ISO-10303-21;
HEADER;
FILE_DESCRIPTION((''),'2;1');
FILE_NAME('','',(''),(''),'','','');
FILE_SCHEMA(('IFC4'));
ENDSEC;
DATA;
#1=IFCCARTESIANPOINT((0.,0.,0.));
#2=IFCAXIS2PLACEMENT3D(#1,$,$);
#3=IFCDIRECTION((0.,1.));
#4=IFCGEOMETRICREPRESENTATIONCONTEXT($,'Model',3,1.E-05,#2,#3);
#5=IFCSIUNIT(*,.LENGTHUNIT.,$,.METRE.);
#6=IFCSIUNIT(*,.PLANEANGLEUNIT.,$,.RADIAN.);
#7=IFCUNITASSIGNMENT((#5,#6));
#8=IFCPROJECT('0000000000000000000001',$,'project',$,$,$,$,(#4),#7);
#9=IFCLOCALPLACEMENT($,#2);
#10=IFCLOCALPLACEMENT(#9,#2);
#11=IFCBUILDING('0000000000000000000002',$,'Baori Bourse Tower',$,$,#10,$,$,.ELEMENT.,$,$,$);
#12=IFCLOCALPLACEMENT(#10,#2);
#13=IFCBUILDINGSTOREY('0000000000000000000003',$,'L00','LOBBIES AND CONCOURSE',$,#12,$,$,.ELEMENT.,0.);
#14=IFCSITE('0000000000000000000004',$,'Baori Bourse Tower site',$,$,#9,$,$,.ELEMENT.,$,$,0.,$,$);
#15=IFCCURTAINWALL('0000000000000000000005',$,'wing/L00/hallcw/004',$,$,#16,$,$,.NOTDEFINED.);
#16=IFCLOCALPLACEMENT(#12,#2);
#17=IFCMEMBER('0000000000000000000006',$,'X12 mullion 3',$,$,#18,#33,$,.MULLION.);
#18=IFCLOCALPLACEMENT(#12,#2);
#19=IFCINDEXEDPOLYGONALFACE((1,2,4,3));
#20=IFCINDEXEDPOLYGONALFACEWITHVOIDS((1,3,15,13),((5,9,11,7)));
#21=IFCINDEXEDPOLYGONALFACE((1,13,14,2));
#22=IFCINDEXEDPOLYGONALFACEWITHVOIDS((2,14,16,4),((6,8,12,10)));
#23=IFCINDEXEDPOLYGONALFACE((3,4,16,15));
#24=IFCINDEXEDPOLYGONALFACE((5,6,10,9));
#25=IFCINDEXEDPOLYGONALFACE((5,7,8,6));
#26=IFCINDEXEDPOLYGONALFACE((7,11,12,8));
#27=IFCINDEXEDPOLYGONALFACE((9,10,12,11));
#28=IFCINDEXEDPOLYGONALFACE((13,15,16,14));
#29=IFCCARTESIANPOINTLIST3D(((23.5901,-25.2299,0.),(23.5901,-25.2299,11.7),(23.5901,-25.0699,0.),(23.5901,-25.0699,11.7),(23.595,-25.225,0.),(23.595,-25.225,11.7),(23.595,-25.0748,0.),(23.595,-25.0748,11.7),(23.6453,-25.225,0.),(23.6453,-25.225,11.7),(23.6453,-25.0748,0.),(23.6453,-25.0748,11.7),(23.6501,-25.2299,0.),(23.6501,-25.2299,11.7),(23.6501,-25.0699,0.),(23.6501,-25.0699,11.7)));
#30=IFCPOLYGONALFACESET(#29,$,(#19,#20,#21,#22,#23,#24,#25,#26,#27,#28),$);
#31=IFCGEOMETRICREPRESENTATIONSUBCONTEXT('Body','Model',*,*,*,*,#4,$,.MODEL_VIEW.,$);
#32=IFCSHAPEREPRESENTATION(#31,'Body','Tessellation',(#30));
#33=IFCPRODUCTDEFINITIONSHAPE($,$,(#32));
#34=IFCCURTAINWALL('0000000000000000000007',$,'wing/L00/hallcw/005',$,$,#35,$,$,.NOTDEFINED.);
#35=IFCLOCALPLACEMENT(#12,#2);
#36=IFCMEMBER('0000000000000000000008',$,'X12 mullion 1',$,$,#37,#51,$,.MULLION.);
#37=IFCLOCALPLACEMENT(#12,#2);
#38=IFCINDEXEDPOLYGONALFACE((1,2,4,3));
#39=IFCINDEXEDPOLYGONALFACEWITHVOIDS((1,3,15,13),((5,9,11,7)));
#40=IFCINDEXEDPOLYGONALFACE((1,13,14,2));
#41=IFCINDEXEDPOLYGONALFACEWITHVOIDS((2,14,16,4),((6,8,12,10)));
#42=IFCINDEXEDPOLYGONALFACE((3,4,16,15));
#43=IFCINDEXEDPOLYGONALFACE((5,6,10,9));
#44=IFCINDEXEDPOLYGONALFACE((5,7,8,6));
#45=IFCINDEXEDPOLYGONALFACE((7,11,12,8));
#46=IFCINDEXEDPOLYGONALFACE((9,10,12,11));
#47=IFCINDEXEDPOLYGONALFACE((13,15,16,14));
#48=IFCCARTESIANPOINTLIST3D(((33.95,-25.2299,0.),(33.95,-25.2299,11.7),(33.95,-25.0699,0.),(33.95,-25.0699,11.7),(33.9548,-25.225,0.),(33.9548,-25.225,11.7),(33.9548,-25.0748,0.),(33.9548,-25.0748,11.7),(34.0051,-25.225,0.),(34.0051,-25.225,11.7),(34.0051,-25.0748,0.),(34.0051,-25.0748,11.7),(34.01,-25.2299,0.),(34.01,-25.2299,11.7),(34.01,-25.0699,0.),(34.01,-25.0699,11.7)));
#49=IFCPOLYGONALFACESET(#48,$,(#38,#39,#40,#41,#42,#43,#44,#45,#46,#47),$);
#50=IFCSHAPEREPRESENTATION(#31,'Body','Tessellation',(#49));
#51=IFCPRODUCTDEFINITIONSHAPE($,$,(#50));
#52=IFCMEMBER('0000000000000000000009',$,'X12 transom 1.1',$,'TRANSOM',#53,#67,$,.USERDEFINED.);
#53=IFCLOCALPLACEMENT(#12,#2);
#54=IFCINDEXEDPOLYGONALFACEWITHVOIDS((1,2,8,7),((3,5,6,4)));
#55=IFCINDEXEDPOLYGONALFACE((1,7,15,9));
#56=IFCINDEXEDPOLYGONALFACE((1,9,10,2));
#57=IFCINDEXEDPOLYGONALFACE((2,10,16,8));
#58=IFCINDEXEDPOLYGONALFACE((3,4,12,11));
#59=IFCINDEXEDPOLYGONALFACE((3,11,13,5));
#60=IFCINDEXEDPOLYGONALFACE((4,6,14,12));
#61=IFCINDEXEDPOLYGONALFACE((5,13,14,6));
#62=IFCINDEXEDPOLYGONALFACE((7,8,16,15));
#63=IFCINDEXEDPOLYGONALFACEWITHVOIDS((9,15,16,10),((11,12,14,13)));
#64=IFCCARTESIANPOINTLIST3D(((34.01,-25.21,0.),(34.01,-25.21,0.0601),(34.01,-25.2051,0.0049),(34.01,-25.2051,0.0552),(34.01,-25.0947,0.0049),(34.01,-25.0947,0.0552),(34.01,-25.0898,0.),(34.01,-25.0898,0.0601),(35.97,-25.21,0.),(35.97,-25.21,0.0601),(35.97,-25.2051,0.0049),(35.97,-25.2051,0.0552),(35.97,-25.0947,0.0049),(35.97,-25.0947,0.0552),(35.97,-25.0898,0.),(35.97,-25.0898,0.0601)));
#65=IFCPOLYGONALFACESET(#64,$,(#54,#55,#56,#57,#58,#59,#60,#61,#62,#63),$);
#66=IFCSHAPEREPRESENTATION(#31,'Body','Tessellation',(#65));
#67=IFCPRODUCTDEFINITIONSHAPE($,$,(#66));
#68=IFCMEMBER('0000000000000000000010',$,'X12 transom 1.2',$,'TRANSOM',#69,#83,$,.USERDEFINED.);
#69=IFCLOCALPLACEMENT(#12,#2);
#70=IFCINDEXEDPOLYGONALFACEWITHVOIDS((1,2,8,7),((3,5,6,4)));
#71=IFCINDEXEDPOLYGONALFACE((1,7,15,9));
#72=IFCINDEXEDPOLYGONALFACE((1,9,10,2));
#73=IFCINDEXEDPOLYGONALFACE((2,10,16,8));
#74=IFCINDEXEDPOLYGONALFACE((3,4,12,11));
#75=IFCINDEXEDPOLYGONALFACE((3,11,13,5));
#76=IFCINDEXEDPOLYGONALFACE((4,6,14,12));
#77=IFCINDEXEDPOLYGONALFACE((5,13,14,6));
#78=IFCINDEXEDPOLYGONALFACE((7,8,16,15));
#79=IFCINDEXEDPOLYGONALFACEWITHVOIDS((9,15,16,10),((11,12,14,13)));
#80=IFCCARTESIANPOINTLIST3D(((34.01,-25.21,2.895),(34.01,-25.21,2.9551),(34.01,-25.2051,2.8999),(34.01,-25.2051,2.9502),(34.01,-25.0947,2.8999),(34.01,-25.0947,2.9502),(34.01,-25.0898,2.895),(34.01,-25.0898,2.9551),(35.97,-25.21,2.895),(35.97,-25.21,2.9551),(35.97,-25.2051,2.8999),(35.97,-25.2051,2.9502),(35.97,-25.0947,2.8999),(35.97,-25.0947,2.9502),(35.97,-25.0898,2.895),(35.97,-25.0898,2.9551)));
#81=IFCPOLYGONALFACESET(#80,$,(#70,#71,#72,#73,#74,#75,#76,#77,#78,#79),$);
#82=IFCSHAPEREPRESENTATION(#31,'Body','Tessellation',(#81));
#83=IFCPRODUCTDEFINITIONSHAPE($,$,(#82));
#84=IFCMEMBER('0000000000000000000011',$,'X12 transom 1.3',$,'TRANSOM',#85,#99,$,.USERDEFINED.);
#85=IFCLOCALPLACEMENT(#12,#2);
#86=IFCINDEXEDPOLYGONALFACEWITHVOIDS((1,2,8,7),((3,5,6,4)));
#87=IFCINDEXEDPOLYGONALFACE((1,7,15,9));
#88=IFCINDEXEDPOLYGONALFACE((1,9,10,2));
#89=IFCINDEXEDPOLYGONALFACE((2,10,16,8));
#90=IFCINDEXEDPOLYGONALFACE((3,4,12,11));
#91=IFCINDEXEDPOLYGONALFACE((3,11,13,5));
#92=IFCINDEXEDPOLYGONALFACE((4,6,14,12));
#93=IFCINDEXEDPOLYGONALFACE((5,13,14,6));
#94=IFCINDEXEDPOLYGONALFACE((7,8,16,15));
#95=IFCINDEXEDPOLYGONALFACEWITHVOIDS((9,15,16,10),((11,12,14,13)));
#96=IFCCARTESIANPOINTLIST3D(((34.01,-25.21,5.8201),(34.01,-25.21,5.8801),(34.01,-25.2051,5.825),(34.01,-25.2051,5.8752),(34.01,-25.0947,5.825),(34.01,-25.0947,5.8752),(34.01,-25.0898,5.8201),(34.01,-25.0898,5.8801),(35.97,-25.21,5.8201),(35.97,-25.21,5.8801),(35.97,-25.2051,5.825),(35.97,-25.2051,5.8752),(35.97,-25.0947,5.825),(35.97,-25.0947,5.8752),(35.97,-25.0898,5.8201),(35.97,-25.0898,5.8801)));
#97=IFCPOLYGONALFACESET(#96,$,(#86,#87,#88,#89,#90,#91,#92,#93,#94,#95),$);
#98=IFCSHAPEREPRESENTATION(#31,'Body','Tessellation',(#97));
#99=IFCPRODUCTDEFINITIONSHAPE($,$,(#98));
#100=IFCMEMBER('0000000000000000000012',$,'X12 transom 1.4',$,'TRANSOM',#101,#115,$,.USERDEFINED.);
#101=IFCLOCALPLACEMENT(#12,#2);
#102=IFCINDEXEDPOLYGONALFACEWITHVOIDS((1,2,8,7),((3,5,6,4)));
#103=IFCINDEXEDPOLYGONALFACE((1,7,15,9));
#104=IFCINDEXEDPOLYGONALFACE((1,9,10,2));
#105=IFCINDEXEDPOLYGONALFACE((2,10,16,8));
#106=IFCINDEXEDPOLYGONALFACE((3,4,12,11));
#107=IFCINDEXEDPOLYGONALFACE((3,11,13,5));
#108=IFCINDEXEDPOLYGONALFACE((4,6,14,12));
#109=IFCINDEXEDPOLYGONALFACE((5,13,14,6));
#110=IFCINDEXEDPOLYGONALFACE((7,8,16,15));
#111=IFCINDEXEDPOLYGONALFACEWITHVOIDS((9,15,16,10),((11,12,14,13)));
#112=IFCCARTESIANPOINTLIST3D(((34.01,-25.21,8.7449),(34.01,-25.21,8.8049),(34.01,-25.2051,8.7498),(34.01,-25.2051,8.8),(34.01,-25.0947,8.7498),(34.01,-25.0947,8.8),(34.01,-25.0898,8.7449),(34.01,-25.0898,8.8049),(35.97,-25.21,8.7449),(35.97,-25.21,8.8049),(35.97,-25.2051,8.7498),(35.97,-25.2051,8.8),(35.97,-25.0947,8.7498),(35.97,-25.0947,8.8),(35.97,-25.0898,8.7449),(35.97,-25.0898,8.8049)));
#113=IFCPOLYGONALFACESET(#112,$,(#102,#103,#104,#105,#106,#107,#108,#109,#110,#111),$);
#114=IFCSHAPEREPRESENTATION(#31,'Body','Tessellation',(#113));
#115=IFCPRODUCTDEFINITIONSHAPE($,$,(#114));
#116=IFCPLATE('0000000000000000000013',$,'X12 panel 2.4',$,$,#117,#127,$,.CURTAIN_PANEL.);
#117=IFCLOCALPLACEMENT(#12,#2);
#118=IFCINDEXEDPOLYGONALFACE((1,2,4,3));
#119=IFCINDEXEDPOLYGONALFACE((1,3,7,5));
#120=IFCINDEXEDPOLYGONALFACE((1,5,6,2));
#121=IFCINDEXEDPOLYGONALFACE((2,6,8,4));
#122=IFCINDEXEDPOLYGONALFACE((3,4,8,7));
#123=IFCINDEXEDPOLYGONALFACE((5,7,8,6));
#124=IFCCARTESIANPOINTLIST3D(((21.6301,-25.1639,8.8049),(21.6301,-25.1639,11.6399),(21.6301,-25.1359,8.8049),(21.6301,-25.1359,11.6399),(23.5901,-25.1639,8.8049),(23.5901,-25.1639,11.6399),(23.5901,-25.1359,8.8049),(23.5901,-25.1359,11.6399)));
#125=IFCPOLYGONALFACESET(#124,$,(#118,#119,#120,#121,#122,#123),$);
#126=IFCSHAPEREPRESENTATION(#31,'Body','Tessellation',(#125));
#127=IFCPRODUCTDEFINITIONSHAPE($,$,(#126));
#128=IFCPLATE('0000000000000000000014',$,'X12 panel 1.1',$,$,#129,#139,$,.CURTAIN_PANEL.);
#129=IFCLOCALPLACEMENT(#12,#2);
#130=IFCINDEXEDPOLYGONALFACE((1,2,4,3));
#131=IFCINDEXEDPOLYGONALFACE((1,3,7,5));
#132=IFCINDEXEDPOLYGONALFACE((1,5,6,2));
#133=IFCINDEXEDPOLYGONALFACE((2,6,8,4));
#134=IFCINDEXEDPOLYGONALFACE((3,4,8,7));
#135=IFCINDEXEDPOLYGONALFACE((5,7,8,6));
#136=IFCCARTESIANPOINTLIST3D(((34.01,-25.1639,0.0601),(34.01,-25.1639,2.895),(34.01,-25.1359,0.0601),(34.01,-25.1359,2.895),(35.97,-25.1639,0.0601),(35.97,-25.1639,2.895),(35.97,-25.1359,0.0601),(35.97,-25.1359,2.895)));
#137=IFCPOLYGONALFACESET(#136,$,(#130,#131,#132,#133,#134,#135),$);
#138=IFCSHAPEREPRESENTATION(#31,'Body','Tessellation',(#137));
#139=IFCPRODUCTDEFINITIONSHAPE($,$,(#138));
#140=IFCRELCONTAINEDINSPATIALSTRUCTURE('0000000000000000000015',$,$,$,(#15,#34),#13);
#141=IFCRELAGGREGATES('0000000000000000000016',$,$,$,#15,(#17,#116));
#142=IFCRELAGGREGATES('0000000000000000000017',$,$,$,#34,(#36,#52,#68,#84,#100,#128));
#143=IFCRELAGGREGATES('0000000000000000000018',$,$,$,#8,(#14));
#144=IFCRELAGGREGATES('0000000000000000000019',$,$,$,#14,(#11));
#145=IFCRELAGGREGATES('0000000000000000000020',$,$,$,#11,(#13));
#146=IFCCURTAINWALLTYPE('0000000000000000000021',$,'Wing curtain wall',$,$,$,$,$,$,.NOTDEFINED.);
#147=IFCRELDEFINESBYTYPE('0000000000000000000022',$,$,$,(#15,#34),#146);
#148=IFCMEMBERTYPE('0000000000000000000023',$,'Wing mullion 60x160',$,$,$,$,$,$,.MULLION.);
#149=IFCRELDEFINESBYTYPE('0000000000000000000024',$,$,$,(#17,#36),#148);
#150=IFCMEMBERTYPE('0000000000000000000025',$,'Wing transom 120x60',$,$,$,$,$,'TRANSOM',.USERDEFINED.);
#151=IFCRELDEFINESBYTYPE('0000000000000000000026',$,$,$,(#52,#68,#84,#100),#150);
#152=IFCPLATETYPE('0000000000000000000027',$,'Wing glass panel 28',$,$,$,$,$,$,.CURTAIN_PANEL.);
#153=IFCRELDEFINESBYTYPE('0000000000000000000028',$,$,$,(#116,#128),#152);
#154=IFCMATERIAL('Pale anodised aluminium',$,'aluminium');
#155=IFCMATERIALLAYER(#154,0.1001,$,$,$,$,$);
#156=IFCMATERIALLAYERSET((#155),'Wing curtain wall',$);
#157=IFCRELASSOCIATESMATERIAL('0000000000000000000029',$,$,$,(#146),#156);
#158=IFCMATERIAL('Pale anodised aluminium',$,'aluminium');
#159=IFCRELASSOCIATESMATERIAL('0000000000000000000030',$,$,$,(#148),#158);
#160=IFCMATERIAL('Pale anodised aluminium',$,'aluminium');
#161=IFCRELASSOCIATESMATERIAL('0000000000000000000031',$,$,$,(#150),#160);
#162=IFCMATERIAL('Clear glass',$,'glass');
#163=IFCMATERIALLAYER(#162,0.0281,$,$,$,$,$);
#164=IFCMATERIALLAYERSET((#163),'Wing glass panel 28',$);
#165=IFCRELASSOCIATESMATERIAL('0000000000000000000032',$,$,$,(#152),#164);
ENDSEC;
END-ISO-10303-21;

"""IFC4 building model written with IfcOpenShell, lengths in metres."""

from ifc_helpers import new_model, si_unit, direction, frame, origin, origin_2d, place, context, subcontext, project, spatial, rectangle, hollow_rectangle, extrude, material, layer, layer_set, material_profile, profile_set, type_object, element, aggregate, save


model = new_model("IFC4")

# Units and contexts
model_context = context("Model", 3, precision=1e-05, world=origin(), true_north=direction((0.0, 1.0)))
body_context = subcontext(model_context, "Body", "Model", "MODEL_VIEW")
ifc_project = project(units=[si_unit("LENGTHUNIT", "METRE"), si_unit("PLANEANGLEUNIT", "RADIAN")], contexts=[model_context])

# Site, building, storey
site_placement = place(None, origin())
site = spatial("IfcSite", under=ifc_project, at=site_placement, Name="Baori Bourse Tower site", CompositionType="ELEMENT", RefElevation=0.0)
building_placement = place(site_placement, origin())
building = spatial("IfcBuilding", under=site, at=building_placement, Name="Baori Bourse Tower", CompositionType="ELEMENT")
storey_placement = place(building_placement, origin())
storey = spatial("IfcBuildingStorey", under=building, at=storey_placement, Name="L00", Description="LOBBIES AND CONCOURSE", CompositionType="ELEMENT", Elevation=0.0)

# Curtain wall, member
ifc_material_1 = material(Name="Pale anodised aluminium", Category="aluminium")
ifc_layer_1 = layer(ifc_material_1, 0.1001)
ifc_layer_set_1 = layer_set([ifc_layer_1], Name="Wing curtain wall")
curtain_wall_type = type_object("IfcCurtainWallType", Name="Wing curtain wall", PredefinedType="NOTDEFINED", material=ifc_layer_set_1)
curtain_wall_1_placement = place(storey_placement, origin())
curtain_wall_1 = element("IfcCurtainWall", 1, at=curtain_wall_1_placement, inside=storey, type_object=curtain_wall_type, Name="wing/L00/hallcw/004", PredefinedType="NOTDEFINED")
ifc_material_2 = material(Name="Pale anodised aluminium", Category="aluminium")
ifc_material_profile_1 = material_profile(ifc_material_2, hollow_rectangle(XDim=0.1599, YDim=0.0601, WallThickness=0.0049, at=origin_2d()), Name="Mullion 160x60x5")
ifc_profile_set_1 = profile_set([ifc_material_profile_1], Name="Pale anodised aluminium")
member_type_1 = type_object("IfcMemberType", Name="Wing mullion 60x160", PredefinedType="MULLION", material=ifc_profile_set_1)
member_1_placement = place(storey_placement, frame((23.6201, -25.1499, 0.0), z_axis=(0.0, 0.0, 1.0), x_axis=(0.0, 1.0, 0.0)))
member_1 = element("IfcMember", 2, at=member_1_placement, type_object=member_type_1, Name="X12 mullion 3", PredefinedType="MULLION", context=body_context, shape_type="SweptSolid", body=[
    extrude(hollow_rectangle(XDim=0.1599, YDim=0.0601, WallThickness=0.0049, at=origin_2d()), origin(), (0.0, 0.0, 1.0), 11.7),
])

# Curtain wall, members
curtain_wall_2_placement = place(storey_placement, origin())
curtain_wall_2 = element("IfcCurtainWall", 3, at=curtain_wall_2_placement, inside=storey, type_object=curtain_wall_type, Name="wing/L00/hallcw/005", PredefinedType="NOTDEFINED")
member_2_placement = place(storey_placement, frame((33.98, -25.1499, 0.0), z_axis=(0.0, 0.0, 1.0), x_axis=(0.0, 1.0, 0.0)))
member_2 = element("IfcMember", 4, at=member_2_placement, type_object=member_type_1, Name="X12 mullion 1", PredefinedType="MULLION", context=body_context, shape_type="SweptSolid", body=[
    extrude(hollow_rectangle(XDim=0.1599, YDim=0.0601, WallThickness=0.0049, at=origin_2d()), origin(), (0.0, 0.0, 1.0), 11.7),
])
ifc_material_3 = material(Name="Pale anodised aluminium", Category="aluminium")
ifc_material_profile_2 = material_profile(ifc_material_3, hollow_rectangle(XDim=0.1201, YDim=0.0601, WallThickness=0.0049, at=origin_2d()), Name="Transom 120x60x5")
ifc_profile_set_2 = profile_set([ifc_material_profile_2], Name="Pale anodised aluminium")
member_type_2 = type_object("IfcMemberType", Name="Wing transom 120x60", ElementType="TRANSOM", PredefinedType="USERDEFINED", material=ifc_profile_set_2)
member_3_placement = place(storey_placement, frame((34.01, -25.1499, 0.03), z_axis=(1.0, 0.0, 0.0), x_axis=(0.0, 1.0, 0.0)))
member_3 = element("IfcMember", 5, at=member_3_placement, type_object=member_type_2, Name="X12 transom 1.1", ObjectType="TRANSOM", PredefinedType="USERDEFINED", context=body_context, shape_type="SweptSolid", body=[
    extrude(hollow_rectangle(XDim=0.1201, YDim=0.0601, WallThickness=0.0049, at=origin_2d()), origin(), (0.0, 0.0, 1.0), 1.96),
])
member_4_placement = place(storey_placement, frame((34.01, -25.1499, 2.925), z_axis=(1.0, 0.0, 0.0), x_axis=(0.0, 1.0, 0.0)))
member_4 = element("IfcMember", 6, at=member_4_placement, type_object=member_type_2, Name="X12 transom 1.2", ObjectType="TRANSOM", PredefinedType="USERDEFINED", context=body_context, shape_type="SweptSolid", body=[
    extrude(hollow_rectangle(XDim=0.1201, YDim=0.0601, WallThickness=0.0049, at=origin_2d()), origin(), (0.0, 0.0, 1.0), 1.96),
])
member_5_placement = place(storey_placement, frame((34.01, -25.1499, 5.8501), z_axis=(1.0, 0.0, 0.0), x_axis=(0.0, 1.0, 0.0)))
member_5 = element("IfcMember", 7, at=member_5_placement, type_object=member_type_2, Name="X12 transom 1.3", ObjectType="TRANSOM", PredefinedType="USERDEFINED", context=body_context, shape_type="SweptSolid", body=[
    extrude(hollow_rectangle(XDim=0.1201, YDim=0.0601, WallThickness=0.0049, at=origin_2d()), origin(), (0.0, 0.0, 1.0), 1.96),
])
member_6_placement = place(storey_placement, frame((34.01, -25.1499, 8.7749), z_axis=(1.0, 0.0, 0.0), x_axis=(0.0, 1.0, 0.0)))
member_6 = element("IfcMember", 8, at=member_6_placement, type_object=member_type_2, Name="X12 transom 1.4", ObjectType="TRANSOM", PredefinedType="USERDEFINED", context=body_context, shape_type="SweptSolid", body=[
    extrude(hollow_rectangle(XDim=0.1201, YDim=0.0601, WallThickness=0.0049, at=origin_2d()), origin(), (0.0, 0.0, 1.0), 1.96),
])

# Plates
ifc_material_4 = material(Name="Clear glass", Category="glass")
ifc_layer_2 = layer(ifc_material_4, 0.0281)
ifc_layer_set_2 = layer_set([ifc_layer_2], Name="Wing glass panel 28")
plate_type = type_object("IfcPlateType", Name="Wing glass panel 28", PredefinedType="CURTAIN_PANEL", material=ifc_layer_set_2)
plate_1_placement = place(storey_placement, frame((22.6101, -25.1499, 8.8049), z_axis=(0.0, 0.0, 1.0), x_axis=(1.0, 0.0, 0.0)))
plate_1 = element("IfcPlate", 9, at=plate_1_placement, type_object=plate_type, Name="X12 panel 2.4", PredefinedType="CURTAIN_PANEL", context=body_context, shape_type="SweptSolid", body=[
    extrude(rectangle(XDim=1.96, YDim=0.0281, at=origin_2d()), origin(), (0.0, 0.0, 1.0), 2.835),
])
aggregate(curtain_wall_1, [member_1, plate_1])
plate_2_placement = place(storey_placement, frame((34.99, -25.1499, 0.0601), z_axis=(0.0, 0.0, 1.0), x_axis=(1.0, 0.0, 0.0)))
plate_2 = element("IfcPlate", 10, at=plate_2_placement, type_object=plate_type, Name="X12 panel 1.1", PredefinedType="CURTAIN_PANEL", context=body_context, shape_type="SweptSolid", body=[
    extrude(rectangle(XDim=1.96, YDim=0.0281, at=origin_2d()), origin(), (0.0, 0.0, 1.0), 2.835),
])
aggregate(curtain_wall_2, [member_2, member_3, member_4, member_5, member_6, plate_2])

save(model, "model.ifc")
